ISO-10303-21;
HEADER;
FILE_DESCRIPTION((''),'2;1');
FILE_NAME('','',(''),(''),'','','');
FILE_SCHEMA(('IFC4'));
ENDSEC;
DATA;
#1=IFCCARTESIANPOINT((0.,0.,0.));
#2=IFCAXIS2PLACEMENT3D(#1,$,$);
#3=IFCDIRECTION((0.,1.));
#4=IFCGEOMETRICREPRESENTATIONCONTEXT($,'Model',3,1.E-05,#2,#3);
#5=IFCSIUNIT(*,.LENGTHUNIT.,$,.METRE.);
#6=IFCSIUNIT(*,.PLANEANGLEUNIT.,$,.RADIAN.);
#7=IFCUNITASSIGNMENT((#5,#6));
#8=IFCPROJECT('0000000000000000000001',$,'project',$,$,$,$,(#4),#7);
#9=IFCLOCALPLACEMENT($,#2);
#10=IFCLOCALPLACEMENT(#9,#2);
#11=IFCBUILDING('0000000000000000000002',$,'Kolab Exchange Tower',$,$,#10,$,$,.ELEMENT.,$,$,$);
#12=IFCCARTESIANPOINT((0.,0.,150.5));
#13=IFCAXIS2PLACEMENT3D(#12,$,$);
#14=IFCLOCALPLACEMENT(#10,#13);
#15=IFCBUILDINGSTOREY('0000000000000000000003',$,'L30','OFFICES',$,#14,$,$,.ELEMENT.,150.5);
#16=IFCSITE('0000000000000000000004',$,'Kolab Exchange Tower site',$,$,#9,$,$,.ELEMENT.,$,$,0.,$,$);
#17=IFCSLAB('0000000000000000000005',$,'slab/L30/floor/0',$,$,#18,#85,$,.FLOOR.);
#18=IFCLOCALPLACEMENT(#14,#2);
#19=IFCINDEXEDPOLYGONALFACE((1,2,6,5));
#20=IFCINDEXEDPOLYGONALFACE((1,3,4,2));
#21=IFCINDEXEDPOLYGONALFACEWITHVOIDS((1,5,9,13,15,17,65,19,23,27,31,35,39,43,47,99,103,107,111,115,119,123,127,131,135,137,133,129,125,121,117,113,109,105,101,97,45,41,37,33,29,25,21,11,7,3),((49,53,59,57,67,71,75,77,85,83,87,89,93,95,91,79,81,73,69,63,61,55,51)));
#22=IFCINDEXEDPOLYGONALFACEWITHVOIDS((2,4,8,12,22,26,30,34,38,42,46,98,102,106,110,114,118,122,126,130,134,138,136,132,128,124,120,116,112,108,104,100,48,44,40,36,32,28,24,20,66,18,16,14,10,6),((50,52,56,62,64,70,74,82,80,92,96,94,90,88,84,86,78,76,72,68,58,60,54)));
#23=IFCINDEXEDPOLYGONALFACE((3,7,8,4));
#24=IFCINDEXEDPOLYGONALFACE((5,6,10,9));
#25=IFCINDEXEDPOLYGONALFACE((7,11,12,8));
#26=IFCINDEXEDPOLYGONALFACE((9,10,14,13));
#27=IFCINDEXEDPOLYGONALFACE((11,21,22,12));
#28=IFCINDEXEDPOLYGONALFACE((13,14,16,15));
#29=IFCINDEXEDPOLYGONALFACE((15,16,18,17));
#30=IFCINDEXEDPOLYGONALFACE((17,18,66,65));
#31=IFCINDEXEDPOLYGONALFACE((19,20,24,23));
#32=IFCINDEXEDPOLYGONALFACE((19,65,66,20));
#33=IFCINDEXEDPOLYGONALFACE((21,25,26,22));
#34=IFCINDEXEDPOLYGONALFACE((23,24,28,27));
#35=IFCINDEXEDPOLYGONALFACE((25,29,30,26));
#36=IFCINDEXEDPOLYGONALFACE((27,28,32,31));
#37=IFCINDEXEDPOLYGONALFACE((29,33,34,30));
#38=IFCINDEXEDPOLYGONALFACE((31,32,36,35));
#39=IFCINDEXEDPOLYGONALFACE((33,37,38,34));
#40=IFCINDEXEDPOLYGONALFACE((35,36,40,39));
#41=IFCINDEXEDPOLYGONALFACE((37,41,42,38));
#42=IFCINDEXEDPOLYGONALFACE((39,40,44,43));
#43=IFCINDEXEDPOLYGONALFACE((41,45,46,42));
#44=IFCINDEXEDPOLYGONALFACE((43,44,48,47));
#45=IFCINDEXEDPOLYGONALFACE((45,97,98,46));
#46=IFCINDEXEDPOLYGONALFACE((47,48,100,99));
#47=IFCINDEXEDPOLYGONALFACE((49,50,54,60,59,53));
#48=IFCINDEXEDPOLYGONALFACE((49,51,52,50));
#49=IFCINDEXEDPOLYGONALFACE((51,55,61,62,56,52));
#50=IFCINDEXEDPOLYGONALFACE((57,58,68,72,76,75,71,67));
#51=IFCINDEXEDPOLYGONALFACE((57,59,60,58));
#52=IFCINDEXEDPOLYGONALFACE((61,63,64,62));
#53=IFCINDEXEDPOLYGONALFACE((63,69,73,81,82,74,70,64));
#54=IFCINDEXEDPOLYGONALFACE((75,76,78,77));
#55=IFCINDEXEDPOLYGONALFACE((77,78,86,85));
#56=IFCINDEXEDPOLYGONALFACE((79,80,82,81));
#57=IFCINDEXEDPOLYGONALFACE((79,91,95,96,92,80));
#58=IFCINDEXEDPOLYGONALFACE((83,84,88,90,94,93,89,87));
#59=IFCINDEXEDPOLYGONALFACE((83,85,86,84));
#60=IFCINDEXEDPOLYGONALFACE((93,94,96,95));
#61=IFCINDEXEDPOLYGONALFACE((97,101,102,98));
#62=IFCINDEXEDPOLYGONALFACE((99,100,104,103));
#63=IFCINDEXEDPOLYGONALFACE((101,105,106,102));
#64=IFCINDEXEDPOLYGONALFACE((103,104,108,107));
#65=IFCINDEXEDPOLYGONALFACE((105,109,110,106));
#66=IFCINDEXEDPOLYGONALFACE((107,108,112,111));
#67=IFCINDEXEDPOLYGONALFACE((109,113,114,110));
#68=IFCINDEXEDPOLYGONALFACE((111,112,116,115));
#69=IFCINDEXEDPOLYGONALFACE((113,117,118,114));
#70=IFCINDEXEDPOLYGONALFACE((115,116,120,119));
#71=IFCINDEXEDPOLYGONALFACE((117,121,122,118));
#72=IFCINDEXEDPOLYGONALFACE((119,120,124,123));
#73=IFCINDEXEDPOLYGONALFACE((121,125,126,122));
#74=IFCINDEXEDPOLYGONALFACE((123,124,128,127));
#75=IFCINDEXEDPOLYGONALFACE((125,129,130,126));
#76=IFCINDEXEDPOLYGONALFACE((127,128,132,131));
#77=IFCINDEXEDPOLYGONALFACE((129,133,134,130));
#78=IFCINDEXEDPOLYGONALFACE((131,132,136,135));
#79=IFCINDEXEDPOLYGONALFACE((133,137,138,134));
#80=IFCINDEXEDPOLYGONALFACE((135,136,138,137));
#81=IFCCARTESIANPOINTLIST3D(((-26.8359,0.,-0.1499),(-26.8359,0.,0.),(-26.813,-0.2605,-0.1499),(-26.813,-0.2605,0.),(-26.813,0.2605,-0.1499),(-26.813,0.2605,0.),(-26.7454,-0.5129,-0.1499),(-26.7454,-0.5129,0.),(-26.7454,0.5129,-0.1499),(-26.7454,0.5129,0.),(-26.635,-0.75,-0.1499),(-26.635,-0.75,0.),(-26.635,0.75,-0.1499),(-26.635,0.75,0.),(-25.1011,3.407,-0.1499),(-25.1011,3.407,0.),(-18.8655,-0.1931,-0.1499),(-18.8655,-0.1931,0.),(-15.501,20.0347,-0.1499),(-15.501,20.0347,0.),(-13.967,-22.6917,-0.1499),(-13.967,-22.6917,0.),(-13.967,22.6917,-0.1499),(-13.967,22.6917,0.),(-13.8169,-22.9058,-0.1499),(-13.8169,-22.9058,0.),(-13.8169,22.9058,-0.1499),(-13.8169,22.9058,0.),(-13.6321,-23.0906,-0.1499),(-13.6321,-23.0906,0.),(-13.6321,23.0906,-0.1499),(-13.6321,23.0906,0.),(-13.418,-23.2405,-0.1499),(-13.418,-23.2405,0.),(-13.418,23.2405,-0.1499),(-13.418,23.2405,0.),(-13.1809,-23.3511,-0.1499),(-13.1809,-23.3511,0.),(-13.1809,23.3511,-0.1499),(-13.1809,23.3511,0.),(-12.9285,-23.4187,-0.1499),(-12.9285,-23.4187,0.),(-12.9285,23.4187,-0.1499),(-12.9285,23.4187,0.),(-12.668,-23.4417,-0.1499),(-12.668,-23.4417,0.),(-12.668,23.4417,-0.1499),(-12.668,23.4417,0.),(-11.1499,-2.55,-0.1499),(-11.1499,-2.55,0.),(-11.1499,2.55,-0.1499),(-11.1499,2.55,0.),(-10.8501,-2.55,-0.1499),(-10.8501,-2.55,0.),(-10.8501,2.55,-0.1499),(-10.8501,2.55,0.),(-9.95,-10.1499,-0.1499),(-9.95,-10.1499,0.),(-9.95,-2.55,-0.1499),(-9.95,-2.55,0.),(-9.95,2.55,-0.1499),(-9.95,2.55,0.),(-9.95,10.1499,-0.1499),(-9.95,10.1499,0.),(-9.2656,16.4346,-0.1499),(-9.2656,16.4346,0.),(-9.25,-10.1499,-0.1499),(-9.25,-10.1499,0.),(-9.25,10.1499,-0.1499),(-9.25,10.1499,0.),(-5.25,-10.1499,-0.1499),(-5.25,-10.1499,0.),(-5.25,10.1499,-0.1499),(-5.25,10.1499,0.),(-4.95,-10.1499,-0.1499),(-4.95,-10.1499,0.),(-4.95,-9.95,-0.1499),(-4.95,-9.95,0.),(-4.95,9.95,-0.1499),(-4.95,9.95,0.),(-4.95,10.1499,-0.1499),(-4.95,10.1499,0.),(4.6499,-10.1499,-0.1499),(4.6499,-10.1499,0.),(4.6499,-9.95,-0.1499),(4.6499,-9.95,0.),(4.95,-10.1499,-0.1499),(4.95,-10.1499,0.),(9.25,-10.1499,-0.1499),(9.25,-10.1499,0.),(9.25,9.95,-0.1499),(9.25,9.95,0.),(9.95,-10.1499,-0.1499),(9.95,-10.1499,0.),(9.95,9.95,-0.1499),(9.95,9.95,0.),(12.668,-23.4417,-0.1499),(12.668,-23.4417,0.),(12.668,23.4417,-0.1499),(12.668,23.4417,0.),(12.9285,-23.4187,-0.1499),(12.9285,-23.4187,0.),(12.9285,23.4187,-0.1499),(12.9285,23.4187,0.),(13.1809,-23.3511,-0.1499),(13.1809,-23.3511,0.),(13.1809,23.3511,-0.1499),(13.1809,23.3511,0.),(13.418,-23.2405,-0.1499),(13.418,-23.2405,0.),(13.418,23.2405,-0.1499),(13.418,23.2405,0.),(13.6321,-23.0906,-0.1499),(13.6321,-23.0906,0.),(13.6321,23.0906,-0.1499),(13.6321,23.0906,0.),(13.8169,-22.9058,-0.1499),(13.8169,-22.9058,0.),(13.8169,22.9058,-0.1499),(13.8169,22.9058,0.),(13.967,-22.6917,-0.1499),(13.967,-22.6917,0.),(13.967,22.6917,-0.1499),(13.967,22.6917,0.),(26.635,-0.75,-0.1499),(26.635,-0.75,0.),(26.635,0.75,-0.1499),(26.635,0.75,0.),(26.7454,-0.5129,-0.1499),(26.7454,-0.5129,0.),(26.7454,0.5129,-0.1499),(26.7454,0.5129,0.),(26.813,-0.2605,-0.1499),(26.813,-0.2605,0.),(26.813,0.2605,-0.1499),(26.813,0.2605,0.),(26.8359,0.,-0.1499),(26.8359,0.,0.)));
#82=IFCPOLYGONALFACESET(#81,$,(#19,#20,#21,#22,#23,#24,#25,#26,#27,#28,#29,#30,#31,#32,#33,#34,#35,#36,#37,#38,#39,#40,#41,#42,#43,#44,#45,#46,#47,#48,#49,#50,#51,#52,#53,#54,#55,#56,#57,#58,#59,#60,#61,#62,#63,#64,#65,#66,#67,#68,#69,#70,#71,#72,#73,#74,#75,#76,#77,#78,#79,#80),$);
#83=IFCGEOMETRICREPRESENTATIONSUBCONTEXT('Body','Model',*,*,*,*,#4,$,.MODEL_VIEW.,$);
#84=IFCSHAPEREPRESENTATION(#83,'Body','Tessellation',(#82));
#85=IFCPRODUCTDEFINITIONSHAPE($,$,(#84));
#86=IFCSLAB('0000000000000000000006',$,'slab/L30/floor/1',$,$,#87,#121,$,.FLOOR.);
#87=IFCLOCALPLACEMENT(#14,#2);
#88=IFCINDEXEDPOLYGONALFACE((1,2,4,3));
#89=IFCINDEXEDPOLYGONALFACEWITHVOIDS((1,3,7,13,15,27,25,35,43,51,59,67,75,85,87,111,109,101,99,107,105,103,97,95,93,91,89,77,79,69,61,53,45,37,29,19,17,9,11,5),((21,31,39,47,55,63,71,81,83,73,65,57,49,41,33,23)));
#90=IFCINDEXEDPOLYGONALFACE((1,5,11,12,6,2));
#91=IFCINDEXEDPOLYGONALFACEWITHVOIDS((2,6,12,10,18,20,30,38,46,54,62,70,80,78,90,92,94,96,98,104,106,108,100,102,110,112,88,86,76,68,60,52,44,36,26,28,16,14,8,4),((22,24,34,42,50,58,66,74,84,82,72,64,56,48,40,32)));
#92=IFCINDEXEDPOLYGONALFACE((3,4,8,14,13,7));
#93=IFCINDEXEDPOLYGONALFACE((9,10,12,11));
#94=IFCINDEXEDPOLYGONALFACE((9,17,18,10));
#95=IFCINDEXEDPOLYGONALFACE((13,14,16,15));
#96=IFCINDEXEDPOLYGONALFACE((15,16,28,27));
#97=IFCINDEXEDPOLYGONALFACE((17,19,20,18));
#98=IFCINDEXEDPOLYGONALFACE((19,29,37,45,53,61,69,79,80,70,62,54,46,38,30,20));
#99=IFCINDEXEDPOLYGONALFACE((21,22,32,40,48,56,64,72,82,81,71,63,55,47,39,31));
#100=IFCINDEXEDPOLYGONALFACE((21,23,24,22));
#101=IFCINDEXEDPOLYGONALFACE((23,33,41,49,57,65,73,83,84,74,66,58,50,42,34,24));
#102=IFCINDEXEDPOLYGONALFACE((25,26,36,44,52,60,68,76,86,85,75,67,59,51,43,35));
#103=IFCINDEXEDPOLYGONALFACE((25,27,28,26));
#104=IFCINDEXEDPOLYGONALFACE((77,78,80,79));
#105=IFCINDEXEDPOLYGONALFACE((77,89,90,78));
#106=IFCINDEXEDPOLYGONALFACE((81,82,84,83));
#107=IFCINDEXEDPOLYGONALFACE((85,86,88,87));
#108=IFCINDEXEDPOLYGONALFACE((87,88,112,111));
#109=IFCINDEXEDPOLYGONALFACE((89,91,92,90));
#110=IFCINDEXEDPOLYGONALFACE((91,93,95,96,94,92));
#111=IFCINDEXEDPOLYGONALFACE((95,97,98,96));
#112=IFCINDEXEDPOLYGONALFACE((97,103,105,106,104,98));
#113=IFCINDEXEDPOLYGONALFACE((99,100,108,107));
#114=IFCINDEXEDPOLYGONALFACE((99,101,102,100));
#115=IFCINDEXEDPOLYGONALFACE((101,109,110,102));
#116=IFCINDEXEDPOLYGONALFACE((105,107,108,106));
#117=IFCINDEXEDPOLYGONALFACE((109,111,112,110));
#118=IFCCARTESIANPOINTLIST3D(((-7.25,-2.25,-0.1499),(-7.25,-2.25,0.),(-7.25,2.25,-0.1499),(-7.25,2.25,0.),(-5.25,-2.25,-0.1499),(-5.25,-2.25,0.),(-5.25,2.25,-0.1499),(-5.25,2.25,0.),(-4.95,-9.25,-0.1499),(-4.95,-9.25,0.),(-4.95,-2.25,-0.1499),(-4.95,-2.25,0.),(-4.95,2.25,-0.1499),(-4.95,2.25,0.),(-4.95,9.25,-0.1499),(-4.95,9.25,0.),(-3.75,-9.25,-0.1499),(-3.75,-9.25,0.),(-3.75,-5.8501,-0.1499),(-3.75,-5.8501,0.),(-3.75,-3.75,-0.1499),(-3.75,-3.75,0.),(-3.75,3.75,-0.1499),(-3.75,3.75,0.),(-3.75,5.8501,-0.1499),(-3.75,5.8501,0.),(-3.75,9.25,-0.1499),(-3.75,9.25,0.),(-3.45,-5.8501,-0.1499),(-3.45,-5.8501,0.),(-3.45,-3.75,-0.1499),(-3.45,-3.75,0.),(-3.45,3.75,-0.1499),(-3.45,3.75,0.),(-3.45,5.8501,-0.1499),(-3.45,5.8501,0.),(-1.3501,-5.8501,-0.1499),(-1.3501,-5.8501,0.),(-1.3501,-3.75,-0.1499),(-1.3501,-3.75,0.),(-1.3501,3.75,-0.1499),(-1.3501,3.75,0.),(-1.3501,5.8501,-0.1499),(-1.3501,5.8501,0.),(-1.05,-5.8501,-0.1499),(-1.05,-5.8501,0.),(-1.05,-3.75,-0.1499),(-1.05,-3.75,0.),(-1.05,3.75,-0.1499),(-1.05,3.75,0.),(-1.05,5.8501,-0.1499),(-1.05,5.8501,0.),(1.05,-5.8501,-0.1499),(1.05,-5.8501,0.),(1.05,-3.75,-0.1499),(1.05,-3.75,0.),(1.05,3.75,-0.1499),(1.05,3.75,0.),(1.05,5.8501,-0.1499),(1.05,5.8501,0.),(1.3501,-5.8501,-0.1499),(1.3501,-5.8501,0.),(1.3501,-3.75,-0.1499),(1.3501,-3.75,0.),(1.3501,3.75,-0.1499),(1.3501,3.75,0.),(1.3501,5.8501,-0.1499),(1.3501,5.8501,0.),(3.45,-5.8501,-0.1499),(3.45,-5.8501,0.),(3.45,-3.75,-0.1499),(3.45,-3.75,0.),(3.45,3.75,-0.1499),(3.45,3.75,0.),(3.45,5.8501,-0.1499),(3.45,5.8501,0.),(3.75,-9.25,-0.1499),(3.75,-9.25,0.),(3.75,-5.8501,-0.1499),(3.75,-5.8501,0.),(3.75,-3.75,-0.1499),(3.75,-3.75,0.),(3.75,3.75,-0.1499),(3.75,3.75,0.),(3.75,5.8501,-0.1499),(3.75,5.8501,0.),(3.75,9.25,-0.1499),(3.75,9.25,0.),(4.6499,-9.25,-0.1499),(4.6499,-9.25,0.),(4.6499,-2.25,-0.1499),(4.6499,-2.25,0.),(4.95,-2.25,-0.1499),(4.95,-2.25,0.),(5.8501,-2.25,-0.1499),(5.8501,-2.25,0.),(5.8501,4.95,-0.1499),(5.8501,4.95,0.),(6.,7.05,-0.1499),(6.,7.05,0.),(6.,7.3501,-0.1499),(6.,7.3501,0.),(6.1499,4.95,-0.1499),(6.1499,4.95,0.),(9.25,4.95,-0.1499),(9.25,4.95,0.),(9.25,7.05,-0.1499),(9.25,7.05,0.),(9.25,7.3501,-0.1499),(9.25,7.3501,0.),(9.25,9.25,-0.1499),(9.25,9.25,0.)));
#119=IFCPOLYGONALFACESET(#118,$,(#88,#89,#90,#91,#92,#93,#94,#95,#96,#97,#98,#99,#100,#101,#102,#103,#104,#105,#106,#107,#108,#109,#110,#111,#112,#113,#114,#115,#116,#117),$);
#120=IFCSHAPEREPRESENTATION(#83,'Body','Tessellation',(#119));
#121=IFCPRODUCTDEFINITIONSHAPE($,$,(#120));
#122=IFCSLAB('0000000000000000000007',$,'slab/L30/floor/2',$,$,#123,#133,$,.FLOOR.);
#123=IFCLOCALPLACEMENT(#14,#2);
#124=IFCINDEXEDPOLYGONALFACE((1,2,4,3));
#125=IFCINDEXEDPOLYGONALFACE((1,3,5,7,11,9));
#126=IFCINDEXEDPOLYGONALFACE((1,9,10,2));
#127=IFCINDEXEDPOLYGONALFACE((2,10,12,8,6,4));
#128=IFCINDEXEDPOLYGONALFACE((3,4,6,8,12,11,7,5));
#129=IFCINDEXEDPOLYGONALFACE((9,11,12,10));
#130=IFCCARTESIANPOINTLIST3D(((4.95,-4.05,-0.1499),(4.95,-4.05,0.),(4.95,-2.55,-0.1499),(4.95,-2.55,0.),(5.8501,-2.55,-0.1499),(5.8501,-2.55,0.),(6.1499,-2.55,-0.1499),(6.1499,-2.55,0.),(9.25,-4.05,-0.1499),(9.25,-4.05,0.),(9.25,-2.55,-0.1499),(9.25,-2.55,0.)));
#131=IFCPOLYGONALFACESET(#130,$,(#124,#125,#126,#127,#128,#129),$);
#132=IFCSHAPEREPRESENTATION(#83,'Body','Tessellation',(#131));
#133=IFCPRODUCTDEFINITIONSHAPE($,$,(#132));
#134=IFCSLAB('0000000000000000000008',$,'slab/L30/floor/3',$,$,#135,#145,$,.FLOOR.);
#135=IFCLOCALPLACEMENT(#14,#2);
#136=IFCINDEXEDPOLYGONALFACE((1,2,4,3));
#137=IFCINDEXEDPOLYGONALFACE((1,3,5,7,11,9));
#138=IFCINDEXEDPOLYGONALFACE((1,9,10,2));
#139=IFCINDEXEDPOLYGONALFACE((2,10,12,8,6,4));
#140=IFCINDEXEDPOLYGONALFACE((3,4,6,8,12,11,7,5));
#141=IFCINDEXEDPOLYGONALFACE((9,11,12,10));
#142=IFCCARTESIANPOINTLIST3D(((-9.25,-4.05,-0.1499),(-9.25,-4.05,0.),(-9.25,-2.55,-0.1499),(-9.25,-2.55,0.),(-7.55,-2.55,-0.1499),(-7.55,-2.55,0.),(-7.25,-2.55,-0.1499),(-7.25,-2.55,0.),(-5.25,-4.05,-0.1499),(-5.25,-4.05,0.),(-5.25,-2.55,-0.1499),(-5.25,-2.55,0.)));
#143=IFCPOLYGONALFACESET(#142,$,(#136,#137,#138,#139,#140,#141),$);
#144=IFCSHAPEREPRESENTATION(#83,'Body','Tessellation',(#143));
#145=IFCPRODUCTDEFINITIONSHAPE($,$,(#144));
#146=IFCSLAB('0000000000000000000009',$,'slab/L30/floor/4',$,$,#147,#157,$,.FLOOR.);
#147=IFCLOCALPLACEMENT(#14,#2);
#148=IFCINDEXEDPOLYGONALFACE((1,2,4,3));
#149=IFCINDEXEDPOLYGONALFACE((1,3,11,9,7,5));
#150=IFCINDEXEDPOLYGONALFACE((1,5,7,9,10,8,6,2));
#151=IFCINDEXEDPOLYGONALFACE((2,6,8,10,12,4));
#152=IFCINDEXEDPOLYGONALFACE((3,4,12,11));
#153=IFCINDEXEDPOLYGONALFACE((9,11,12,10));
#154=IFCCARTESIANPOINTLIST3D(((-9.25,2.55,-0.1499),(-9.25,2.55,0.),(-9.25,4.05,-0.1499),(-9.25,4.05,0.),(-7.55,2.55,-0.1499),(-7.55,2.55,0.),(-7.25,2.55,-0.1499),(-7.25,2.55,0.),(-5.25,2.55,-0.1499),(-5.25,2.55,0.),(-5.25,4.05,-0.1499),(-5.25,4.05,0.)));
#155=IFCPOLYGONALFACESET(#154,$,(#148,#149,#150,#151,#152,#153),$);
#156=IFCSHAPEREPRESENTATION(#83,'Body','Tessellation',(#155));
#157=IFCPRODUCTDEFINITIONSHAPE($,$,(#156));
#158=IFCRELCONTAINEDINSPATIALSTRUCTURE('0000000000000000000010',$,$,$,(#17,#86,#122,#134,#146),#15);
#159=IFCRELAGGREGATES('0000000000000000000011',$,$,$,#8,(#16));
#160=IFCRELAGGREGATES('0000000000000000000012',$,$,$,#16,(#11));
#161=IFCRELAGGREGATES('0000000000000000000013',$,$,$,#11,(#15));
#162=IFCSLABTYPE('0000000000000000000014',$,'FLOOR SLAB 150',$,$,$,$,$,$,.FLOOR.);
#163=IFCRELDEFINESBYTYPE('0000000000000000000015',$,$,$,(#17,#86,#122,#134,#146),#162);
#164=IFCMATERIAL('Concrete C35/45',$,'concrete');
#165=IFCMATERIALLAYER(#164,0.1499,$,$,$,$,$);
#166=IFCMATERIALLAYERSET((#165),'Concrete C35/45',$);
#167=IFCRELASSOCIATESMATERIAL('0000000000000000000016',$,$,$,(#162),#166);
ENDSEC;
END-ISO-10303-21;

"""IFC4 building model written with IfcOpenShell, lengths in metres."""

from ifc_helpers import new_model, si_unit, direction, frame, origin, place, context, subcontext, project, spatial, polyline, outline, extrude, material, layer, layer_set, type_object, element, save


model = new_model("IFC4")

# Units and contexts
model_context = context("Model", 3, precision=1e-05, world=origin(), true_north=direction((0.0, 1.0)))
body_context = subcontext(model_context, "Body", "Model", "MODEL_VIEW")
ifc_project = project(units=[si_unit("LENGTHUNIT", "METRE"), si_unit("PLANEANGLEUNIT", "RADIAN")], contexts=[model_context])

# Site, building, storey
site_placement = place(None, origin())
site = spatial("IfcSite", under=ifc_project, at=site_placement, Name="Kolab Exchange Tower site", CompositionType="ELEMENT", RefElevation=0.0)
building_placement = place(site_placement, origin())
building = spatial("IfcBuilding", under=site, at=building_placement, Name="Kolab Exchange Tower", CompositionType="ELEMENT")
storey_placement = place(building_placement, frame((0.0, 0.0, 150.5)))
storey = spatial("IfcBuildingStorey", under=building, at=storey_placement, Name="L30", Description="OFFICES", CompositionType="ELEMENT", Elevation=150.5)

# Slabs
ifc_material_1 = material(Name="Concrete C35/45", Category="concrete")
ifc_layer_1 = layer(ifc_material_1, 0.1499)
ifc_layer_set_1 = layer_set([ifc_layer_1], Name="Concrete C35/45")
slab_type_1 = type_object("IfcSlabType", Name="FLOOR SLAB 150", PredefinedType="FLOOR", material=ifc_layer_set_1)
slab_1_placement = place(storey_placement, frame((0.0, 0.0, -0.1499)))
element("IfcSlab", 1, at=slab_1_placement, inside=storey, type_object=slab_type_1, Name="slab/L30/floor/0", PredefinedType="FLOOR", context=body_context, shape_type="SweptSolid", body=[
    extrude(outline(polyline([(-13.967, 22.6917), (-15.501, 20.0347), (-9.2656, 16.4346), (-18.8655, -0.1931), (-25.1011, 3.407), (-26.635, 0.75), (-26.7454, 0.5129), (-26.813, 0.2605), (-26.8359, 0.0), (-26.813, -0.2605), (-26.7454, -0.5129), (-26.635, -0.75), (-13.967, -22.6917), (-13.8169, -22.9058), (-13.6321, -23.0906), (-13.418, -23.2405), (-13.1809, -23.3511), (-12.9285, -23.4187), (-12.668, -23.4417), (12.668, -23.4417), (12.9285, -23.4187), (13.1809, -23.3511), (13.418, -23.2405), (13.6321, -23.0906), (13.8169, -22.9058), (13.967, -22.6917), (26.635, -0.75), (26.7454, -0.5129), (26.813, -0.2605), (26.8359, 0.0), (26.813, 0.2605), (26.7454, 0.5129), (26.635, 0.75), (13.967, 22.6917), (13.8169, 22.9058), (13.6321, 23.0906), (13.418, 23.2405), (13.1809, 23.3511), (12.9285, 23.4187), (12.668, 23.4417), (-12.668, 23.4417), (-12.9285, 23.4187), (-13.1809, 23.3511), (-13.418, 23.2405), (-13.6321, 23.0906), (-13.8169, 22.9058), (-13.967, 22.6917)]), holes=[polyline([(-9.25, -10.1499), (-9.95, -10.1499), (-9.95, -2.55), (-10.8501, -2.55), (-11.1499, -2.55), (-11.1499, 2.55), (-10.8501, 2.55), (-9.95, 2.55), (-9.95, 10.1499), (-9.25, 10.1499), (-5.25, 10.1499), (-4.95, 10.1499), (-4.95, 9.95), (9.25, 9.95), (9.95, 9.95), (9.95, -10.1499), (9.25, -10.1499), (4.95, -10.1499), (4.6499, -10.1499), (4.6499, -9.95), (-4.95, -9.95), (-4.95, -10.1499), (-5.25, -10.1499), (-9.25, -10.1499)])]), origin(), (0.0, 0.0, 1.0), 0.1499),
])
slab_2_placement = place(storey_placement, frame((0.0, 0.0, -0.1499)))
element("IfcSlab", 2, at=slab_2_placement, inside=storey, type_object=slab_type_1, Name="slab/L30/floor/1", PredefinedType="FLOOR", context=body_context, shape_type="SweptSolid", body=[
    extrude(outline(polyline([(-4.95, 9.25), (-4.95, 2.25), (-5.25, 2.25), (-7.25, 2.25), (-7.25, -2.25), (-5.25, -2.25), (-4.95, -2.25), (-4.95, -9.25), (-3.75, -9.25), (-3.75, -5.8501), (-3.45, -5.8501), (-1.3501, -5.8501), (-1.05, -5.8501), (1.05, -5.8501), (1.3501, -5.8501), (3.45, -5.8501), (3.75, -5.8501), (3.75, -9.25), (4.6499, -9.25), (4.6499, -2.25), (4.95, -2.25), (5.8501, -2.25), (5.8501, 4.95), (6.1499, 4.95), (9.25, 4.95), (9.25, 7.05), (6.0, 7.05), (6.0, 7.3501), (9.25, 7.3501), (9.25, 9.25), (3.75, 9.25), (3.75, 5.8501), (3.45, 5.8501), (1.3501, 5.8501), (1.05, 5.8501), (-1.05, 5.8501), (-1.3501, 5.8501), (-3.45, 5.8501), (-3.75, 5.8501), (-3.75, 9.25), (-4.95, 9.25)]), holes=[polyline([(-3.45, -3.75), (-3.75, -3.75), (-3.75, 3.75), (-3.45, 3.75), (-1.3501, 3.75), (-1.05, 3.75), (1.05, 3.75), (1.3501, 3.75), (3.45, 3.75), (3.75, 3.75), (3.75, -3.75), (3.45, -3.75), (1.3501, -3.75), (1.05, -3.75), (-1.05, -3.75), (-1.3501, -3.75), (-3.45, -3.75)])]), origin(), (0.0, 0.0, 1.0), 0.1499),
])
slab_3_placement = place(storey_placement, frame((0.0, 0.0, -0.1499)))
element("IfcSlab", 3, at=slab_3_placement, inside=storey, type_object=slab_type_1, Name="slab/L30/floor/2", PredefinedType="FLOOR", context=body_context, shape_type="SweptSolid", body=[
    extrude(outline(polyline([(4.95, -4.05), (9.25, -4.05), (9.25, -2.55), (6.1499, -2.55), (5.8501, -2.55), (4.95, -2.55), (4.95, -4.05)])), origin(), (0.0, 0.0, 1.0), 0.1499),
])
slab_4_placement = place(storey_placement, frame((0.0, 0.0, -0.1499)))
element("IfcSlab", 4, at=slab_4_placement, inside=storey, type_object=slab_type_1, Name="slab/L30/floor/3", PredefinedType="FLOOR", context=body_context, shape_type="SweptSolid", body=[
    extrude(outline(polyline([(-7.55, -2.55), (-9.25, -2.55), (-9.25, -4.05), (-5.25, -4.05), (-5.25, -2.55), (-7.25, -2.55), (-7.55, -2.55)])), origin(), (0.0, 0.0, 1.0), 0.1499),
])
slab_5_placement = place(storey_placement, frame((0.0, 0.0, -0.1499)))
element("IfcSlab", 5, at=slab_5_placement, inside=storey, type_object=slab_type_1, Name="slab/L30/floor/4", PredefinedType="FLOOR", context=body_context, shape_type="SweptSolid", body=[
    extrude(outline(polyline([(-9.25, 2.55), (-7.55, 2.55), (-7.25, 2.55), (-5.25, 2.55), (-5.25, 4.05), (-9.25, 4.05), (-9.25, 2.55)])), origin(), (0.0, 0.0, 1.0), 0.1499),
])

save(model, "model.ifc")
